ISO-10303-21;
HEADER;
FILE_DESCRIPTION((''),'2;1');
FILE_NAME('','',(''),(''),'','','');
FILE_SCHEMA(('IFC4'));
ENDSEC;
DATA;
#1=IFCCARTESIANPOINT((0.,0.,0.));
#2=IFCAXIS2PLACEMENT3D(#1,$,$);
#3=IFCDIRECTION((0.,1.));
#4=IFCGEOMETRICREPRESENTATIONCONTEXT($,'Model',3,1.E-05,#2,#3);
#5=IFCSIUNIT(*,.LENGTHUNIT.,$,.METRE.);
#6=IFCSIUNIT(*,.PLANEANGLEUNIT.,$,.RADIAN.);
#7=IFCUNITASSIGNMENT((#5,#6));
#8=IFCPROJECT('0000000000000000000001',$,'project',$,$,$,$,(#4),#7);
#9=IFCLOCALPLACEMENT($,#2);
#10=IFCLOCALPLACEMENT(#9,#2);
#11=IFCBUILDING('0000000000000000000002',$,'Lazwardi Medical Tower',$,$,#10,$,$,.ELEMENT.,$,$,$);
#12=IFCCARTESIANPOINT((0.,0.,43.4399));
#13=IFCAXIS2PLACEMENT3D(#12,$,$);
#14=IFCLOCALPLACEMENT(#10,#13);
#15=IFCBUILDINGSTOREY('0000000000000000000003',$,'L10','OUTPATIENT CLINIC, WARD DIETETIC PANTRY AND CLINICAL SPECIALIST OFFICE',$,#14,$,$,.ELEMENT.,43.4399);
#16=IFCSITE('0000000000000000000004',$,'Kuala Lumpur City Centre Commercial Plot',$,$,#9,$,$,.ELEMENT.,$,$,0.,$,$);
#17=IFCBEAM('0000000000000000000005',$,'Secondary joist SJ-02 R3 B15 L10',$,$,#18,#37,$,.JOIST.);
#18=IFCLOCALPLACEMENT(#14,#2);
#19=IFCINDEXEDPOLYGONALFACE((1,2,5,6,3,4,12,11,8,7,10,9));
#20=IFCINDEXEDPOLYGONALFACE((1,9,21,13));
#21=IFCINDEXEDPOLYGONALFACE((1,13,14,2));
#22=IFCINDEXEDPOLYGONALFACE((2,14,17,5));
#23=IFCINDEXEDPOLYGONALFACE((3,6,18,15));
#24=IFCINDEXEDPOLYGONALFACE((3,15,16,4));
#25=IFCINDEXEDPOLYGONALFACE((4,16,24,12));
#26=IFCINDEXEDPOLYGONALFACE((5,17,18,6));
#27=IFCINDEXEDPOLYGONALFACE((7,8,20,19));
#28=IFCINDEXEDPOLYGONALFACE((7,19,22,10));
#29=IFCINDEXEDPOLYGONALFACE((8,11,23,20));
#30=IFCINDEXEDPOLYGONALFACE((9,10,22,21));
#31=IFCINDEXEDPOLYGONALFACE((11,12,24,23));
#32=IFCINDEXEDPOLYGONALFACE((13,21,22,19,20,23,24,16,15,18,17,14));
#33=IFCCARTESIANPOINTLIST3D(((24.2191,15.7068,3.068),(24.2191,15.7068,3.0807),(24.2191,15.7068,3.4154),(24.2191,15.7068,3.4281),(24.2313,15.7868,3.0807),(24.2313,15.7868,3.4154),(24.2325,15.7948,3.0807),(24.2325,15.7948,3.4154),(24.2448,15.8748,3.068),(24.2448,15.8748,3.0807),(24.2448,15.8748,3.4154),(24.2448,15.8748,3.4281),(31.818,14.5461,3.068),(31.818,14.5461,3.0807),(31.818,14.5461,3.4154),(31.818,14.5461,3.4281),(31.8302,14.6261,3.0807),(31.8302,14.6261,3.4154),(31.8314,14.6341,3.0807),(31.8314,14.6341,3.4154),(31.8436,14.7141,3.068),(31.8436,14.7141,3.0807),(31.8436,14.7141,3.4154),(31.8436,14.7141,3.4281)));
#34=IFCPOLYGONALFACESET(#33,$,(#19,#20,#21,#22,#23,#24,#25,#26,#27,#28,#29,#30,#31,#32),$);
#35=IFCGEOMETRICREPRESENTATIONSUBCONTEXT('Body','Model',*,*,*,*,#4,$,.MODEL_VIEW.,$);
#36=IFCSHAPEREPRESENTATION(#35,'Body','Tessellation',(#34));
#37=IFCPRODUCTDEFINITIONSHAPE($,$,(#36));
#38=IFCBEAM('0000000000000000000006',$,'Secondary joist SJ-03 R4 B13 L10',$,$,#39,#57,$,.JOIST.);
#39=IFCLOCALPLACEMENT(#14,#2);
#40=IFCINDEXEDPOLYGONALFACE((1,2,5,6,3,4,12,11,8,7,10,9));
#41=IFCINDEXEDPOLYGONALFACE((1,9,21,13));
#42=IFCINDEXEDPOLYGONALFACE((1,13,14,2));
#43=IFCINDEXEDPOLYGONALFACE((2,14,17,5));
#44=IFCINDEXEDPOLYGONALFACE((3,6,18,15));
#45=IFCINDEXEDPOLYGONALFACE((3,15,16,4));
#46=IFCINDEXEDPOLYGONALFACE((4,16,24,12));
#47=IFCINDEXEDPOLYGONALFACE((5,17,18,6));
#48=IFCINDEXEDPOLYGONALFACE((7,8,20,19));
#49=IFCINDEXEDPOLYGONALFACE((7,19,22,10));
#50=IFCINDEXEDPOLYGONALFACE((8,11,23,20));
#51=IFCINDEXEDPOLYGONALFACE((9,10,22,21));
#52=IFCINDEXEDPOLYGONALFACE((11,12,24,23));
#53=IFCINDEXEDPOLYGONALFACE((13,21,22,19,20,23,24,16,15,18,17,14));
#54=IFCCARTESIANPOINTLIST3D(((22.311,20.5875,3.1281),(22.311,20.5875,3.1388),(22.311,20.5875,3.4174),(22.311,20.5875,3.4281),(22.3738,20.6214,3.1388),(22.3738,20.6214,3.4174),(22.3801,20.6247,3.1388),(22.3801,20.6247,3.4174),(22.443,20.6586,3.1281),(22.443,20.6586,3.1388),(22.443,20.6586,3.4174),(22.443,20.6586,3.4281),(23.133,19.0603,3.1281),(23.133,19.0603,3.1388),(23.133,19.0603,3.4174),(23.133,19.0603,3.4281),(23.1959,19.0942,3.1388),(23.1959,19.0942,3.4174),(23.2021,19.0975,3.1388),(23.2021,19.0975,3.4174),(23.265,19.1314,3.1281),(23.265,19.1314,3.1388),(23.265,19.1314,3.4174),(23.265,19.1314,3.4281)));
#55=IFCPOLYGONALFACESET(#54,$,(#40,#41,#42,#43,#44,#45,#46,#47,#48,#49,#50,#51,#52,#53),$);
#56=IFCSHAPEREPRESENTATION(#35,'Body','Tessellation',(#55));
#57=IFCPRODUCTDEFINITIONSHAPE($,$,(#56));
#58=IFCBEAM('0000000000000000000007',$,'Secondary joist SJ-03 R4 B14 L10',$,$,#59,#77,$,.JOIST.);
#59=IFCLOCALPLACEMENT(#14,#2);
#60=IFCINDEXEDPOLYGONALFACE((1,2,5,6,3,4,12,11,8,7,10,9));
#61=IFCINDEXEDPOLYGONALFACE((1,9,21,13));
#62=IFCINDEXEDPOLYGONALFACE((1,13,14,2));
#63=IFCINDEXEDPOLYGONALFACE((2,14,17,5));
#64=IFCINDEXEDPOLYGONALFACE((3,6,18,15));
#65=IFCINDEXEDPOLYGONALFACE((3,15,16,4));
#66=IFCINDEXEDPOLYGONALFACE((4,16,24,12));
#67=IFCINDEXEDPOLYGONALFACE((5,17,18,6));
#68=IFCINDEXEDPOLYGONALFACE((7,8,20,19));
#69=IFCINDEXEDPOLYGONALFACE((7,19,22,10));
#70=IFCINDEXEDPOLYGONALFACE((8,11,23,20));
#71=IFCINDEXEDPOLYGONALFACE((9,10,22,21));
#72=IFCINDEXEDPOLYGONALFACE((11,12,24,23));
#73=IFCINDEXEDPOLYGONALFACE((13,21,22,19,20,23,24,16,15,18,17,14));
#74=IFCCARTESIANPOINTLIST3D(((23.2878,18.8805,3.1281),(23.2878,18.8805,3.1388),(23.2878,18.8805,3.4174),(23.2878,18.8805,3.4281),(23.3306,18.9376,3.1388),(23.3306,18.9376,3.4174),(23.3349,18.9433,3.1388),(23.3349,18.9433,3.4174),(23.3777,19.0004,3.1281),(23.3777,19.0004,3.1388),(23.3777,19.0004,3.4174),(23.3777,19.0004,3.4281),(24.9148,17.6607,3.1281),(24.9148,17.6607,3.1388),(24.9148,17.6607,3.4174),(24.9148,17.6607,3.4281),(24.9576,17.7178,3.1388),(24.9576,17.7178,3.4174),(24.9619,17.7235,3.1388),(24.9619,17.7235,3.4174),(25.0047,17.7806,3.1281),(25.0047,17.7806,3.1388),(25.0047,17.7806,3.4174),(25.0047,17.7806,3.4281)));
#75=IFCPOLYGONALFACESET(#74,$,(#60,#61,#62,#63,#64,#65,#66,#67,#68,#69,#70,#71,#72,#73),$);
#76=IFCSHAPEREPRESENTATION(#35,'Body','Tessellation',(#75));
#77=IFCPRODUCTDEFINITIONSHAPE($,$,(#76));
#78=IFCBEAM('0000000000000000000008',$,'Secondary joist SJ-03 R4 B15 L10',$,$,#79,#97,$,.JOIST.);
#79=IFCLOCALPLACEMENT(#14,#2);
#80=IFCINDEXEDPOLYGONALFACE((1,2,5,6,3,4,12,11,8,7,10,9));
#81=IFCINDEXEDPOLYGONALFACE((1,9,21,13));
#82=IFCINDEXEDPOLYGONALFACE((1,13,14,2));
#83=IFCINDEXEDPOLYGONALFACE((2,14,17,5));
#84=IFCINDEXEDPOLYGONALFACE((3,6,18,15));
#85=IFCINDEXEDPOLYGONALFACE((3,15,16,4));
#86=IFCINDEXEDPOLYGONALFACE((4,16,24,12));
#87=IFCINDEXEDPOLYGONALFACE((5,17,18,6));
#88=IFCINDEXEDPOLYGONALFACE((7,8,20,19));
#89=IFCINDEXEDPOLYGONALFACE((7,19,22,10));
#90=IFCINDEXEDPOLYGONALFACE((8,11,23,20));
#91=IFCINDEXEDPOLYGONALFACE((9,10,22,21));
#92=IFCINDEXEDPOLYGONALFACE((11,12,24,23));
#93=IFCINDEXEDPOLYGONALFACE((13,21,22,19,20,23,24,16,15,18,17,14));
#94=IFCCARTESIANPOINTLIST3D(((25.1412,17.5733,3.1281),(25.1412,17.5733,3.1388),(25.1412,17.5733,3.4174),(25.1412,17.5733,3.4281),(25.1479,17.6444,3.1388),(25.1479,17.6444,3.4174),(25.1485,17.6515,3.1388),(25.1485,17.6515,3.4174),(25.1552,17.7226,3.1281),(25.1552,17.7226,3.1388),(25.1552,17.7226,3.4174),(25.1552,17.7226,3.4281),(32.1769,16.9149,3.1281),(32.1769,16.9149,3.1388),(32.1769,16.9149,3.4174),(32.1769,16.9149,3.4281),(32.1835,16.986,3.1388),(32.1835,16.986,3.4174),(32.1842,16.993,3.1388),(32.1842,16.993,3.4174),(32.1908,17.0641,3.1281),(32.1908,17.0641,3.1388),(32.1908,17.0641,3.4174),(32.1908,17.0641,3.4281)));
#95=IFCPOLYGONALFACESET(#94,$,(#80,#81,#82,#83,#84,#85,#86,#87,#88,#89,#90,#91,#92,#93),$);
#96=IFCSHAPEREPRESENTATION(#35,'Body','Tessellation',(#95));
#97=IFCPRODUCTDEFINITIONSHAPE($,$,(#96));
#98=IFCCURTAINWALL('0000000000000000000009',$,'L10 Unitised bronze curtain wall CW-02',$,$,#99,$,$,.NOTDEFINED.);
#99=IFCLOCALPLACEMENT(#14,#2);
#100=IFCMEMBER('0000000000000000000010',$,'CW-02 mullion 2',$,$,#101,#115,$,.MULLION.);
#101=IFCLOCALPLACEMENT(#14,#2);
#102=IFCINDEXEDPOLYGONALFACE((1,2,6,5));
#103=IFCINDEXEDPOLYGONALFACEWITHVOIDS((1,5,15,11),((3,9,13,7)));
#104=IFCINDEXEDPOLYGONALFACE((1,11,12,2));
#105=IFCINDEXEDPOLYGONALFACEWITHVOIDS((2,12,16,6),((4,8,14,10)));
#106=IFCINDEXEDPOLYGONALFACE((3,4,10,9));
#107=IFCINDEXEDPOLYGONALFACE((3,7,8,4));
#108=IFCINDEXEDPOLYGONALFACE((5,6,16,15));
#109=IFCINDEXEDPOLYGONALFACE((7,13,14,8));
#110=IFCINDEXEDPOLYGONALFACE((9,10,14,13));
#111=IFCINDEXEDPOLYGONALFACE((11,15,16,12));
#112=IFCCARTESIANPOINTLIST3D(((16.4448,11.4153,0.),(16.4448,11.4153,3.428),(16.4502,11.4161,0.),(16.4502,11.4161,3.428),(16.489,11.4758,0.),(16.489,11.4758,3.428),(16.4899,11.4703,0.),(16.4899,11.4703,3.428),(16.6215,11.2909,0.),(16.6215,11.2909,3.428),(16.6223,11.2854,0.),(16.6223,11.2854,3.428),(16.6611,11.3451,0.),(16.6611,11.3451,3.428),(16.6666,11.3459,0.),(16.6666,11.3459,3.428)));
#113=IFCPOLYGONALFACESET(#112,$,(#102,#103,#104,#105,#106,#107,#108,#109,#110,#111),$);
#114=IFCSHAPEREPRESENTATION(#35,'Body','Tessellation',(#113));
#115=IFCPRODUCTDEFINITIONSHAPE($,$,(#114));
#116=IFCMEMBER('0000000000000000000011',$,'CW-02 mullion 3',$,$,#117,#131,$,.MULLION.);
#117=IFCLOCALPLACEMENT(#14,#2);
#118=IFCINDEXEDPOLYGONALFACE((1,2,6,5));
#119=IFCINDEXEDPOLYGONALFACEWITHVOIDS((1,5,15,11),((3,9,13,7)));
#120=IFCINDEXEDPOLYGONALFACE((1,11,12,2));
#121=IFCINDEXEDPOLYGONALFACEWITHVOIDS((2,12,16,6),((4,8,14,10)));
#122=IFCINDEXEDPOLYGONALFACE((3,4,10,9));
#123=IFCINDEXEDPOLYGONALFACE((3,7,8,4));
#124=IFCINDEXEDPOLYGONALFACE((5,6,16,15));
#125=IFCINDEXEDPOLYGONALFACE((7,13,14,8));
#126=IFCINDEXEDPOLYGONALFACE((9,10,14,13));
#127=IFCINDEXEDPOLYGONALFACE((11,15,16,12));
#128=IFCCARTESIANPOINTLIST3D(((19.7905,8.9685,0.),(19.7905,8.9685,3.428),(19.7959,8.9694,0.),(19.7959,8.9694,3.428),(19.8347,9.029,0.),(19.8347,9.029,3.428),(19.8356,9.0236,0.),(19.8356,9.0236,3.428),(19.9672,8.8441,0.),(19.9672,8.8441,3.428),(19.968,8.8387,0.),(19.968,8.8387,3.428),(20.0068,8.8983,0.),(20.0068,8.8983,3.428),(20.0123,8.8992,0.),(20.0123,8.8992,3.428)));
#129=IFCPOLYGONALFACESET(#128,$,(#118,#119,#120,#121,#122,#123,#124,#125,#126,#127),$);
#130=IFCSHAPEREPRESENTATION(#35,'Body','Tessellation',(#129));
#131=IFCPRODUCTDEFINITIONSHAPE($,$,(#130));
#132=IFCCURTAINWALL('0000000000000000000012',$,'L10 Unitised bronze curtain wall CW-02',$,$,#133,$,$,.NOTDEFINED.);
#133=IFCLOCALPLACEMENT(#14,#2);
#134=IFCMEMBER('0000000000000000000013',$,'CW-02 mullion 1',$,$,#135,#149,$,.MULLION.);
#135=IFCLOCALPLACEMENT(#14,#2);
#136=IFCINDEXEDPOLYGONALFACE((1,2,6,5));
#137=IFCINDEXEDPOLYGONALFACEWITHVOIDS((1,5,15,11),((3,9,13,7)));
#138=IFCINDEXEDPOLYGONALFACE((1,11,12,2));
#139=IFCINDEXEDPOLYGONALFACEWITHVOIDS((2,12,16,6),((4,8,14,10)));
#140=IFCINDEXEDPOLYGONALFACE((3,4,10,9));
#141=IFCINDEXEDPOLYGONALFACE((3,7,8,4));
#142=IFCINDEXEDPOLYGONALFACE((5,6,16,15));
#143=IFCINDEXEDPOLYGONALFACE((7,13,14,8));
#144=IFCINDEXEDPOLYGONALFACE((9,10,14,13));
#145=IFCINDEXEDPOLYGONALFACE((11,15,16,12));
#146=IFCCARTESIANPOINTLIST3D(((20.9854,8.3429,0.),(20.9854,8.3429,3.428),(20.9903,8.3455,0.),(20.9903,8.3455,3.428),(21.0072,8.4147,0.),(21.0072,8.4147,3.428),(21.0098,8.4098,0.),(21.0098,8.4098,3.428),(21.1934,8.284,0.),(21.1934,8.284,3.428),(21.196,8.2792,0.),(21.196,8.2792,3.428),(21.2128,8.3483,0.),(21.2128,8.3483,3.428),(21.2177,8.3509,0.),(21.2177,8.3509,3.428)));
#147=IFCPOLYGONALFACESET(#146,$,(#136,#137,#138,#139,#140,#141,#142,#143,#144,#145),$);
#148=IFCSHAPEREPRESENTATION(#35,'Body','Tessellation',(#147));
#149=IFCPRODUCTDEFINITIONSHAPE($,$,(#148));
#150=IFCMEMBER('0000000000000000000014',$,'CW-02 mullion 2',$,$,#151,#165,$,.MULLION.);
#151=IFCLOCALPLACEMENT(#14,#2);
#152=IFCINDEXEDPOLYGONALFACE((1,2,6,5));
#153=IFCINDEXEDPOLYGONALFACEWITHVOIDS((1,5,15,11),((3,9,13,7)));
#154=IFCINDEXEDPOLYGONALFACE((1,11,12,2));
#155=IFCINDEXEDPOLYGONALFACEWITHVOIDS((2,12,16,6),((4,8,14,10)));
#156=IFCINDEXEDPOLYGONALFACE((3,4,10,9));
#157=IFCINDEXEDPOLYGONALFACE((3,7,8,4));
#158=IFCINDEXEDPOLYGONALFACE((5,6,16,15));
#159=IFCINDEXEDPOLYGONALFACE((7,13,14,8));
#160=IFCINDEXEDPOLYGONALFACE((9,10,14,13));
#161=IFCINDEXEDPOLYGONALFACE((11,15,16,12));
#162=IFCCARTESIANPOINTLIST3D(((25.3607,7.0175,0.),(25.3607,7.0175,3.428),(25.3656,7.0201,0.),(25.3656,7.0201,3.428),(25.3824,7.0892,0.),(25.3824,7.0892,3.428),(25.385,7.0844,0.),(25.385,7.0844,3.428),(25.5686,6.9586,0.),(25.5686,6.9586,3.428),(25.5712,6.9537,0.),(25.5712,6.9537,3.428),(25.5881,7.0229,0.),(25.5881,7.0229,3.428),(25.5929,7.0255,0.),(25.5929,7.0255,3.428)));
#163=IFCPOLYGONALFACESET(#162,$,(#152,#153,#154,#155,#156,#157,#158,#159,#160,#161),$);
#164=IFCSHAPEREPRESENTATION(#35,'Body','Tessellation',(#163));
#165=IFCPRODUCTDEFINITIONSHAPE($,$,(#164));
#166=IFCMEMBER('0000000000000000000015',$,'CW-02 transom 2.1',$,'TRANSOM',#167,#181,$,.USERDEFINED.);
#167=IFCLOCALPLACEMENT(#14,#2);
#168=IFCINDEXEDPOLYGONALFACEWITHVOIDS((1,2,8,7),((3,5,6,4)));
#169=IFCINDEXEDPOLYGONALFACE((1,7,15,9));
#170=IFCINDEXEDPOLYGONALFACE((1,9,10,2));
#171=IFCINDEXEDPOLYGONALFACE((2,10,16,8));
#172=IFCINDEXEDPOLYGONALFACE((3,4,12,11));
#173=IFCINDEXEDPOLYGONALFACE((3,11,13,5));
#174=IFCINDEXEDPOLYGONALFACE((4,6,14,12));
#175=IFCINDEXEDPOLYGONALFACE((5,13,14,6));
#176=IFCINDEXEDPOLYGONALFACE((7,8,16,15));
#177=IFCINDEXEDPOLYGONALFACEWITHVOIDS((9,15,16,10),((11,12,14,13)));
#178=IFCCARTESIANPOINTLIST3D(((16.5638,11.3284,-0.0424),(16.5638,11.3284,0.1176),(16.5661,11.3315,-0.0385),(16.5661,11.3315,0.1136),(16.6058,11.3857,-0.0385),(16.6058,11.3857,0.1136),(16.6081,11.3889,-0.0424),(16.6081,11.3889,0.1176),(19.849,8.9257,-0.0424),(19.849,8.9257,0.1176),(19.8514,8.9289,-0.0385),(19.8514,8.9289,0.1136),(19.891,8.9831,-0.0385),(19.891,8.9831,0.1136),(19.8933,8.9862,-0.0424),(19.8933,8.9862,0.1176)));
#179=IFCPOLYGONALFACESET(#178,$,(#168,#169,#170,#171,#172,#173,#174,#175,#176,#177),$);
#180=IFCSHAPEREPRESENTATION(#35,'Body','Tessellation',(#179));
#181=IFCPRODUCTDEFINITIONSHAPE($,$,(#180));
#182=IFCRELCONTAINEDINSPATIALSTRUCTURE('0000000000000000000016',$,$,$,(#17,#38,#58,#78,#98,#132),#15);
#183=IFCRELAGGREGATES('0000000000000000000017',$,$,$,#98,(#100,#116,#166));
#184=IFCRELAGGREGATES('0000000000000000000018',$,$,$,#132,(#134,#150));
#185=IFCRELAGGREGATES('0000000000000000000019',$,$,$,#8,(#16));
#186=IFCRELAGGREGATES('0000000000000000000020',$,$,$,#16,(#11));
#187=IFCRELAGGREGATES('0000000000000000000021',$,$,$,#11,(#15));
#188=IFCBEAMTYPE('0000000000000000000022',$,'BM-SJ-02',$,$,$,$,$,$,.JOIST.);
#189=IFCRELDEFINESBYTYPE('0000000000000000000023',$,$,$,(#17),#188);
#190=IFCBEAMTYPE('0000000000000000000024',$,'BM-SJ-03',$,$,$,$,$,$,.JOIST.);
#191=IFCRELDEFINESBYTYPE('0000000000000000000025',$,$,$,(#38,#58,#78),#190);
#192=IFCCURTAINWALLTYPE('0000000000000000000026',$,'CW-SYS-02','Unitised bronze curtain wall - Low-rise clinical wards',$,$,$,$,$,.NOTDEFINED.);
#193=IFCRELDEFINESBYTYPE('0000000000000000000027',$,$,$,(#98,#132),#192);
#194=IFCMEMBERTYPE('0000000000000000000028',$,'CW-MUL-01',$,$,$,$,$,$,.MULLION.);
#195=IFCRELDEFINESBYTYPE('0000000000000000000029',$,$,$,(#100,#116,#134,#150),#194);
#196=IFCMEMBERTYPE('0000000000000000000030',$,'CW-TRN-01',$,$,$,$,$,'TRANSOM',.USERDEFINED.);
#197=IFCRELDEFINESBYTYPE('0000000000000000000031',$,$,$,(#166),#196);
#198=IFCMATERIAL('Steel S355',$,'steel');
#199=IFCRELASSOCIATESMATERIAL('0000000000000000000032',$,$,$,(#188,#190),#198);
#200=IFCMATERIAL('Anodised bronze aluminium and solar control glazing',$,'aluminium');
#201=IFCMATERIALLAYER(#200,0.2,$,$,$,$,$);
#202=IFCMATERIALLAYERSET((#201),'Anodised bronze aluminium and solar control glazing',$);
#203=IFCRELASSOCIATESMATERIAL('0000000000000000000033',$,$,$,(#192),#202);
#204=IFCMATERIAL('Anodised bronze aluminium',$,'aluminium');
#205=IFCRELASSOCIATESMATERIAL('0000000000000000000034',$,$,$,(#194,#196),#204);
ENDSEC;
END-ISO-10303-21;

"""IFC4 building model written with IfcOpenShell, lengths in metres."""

from ifc_helpers import new_model, si_unit, direction, frame, origin, origin_2d, place, context, subcontext, project, spatial, hollow_rectangle, i_section, extrude, material, layer, layer_set, material_profile, profile_set, type_object, element, aggregate, save


model = new_model("IFC4")

# Units and contexts
model_context = context("Model", 3, precision=1e-05, world=origin(), true_north=direction((0.0, 1.0)))
body_context = subcontext(model_context, "Body", "Model", "MODEL_VIEW")
ifc_project = project(units=[si_unit("LENGTHUNIT", "METRE"), si_unit("PLANEANGLEUNIT", "RADIAN")], contexts=[model_context])

# Site, building, storey
site_placement = place(None, origin())
site = spatial("IfcSite", under=ifc_project, at=site_placement, Name="Kuala Lumpur City Centre Commercial Plot", CompositionType="ELEMENT", RefElevation=0.0)
building_placement = place(site_placement, origin())
building = spatial("IfcBuilding", under=site, at=building_placement, Name="Lazwardi Medical Tower", CompositionType="ELEMENT")
storey_placement = place(building_placement, frame((0.0, 0.0, 43.4399)))
storey = spatial("IfcBuildingStorey", under=building, at=storey_placement, Name="L10", Description="OUTPATIENT CLINIC, WARD DIETETIC PANTRY AND CLINICAL SPECIALIST OFFICE", CompositionType="ELEMENT", Elevation=43.4399)

# Beams
ifc_material_1 = material(Name="Steel S355", Category="steel")
ifc_material_profile_1 = material_profile(ifc_material_1, i_section(OverallWidth=0.1699, OverallDepth=0.3601, WebThickness=0.0081, FlangeThickness=0.0127, at=origin_2d()), Name="IPE 360")
ifc_profile_set_1 = profile_set([ifc_material_profile_1], Name="Steel S355")
beam_type_1 = type_object("IfcBeamType", Name="BM-SJ-02", PredefinedType="JOIST", material=ifc_profile_set_1)
beam_1_placement = place(storey_placement, frame((24.2319, 15.7908, 3.248), z_axis=(0.988536, -0.150988, 0.0), x_axis=(0.150988, 0.988536, 0.0)))
element("IfcBeam", 1, at=beam_1_placement, inside=storey, type_object=beam_type_1, Name="Secondary joist SJ-02 R3 B15 L10", PredefinedType="JOIST", context=body_context, shape_type="SweptSolid", body=[
    extrude(i_section(OverallWidth=0.1699, OverallDepth=0.3601, WebThickness=0.0081, FlangeThickness=0.0127, at=origin_2d()), origin(), (0.0, 0.0, 1.0), 7.687),
])
ifc_material_profile_2 = material_profile(ifc_material_1, i_section(OverallWidth=0.1499, OverallDepth=0.3, WebThickness=0.0071, FlangeThickness=0.0107, at=origin_2d()), Name="IPE 300")
ifc_profile_set_2 = profile_set([ifc_material_profile_2], Name="Steel S355")
beam_type_2 = type_object("IfcBeamType", Name="BM-SJ-03", PredefinedType="JOIST", material=ifc_profile_set_2)
beam_2_placement = place(storey_placement, frame((22.377, 20.623, 3.2781), z_axis=(0.473982, -0.880534, 0.0), x_axis=(0.880534, 0.473982, 0.0)))
element("IfcBeam", 2, at=beam_2_placement, inside=storey, type_object=beam_type_2, Name="Secondary joist SJ-03 R4 B13 L10", PredefinedType="JOIST", context=body_context, shape_type="SweptSolid", body=[
    extrude(i_section(OverallWidth=0.1499, OverallDepth=0.3, WebThickness=0.0071, FlangeThickness=0.0107, at=origin_2d()), origin(), (0.0, 0.0, 1.0), 1.7344),
])
beam_3_placement = place(storey_placement, frame((23.3328, 18.9404, 3.2781), z_axis=(0.800115, -0.599846, 0.0), x_axis=(0.599846, 0.800115, 0.0)))
element("IfcBeam", 3, at=beam_3_placement, inside=storey, type_object=beam_type_2, Name="Secondary joist SJ-03 R4 B14 L10", PredefinedType="JOIST", context=body_context, shape_type="SweptSolid", body=[
    extrude(i_section(OverallWidth=0.1499, OverallDepth=0.3, WebThickness=0.0071, FlangeThickness=0.0107, at=origin_2d()), origin(), (0.0, 0.0, 1.0), 2.0334),
])
beam_4_placement = place(storey_placement, frame((25.1482, 17.6479, 3.2781), z_axis=(0.995649, -0.09318, 0.0), x_axis=(0.09318, 0.995649, 0.0)))
element("IfcBeam", 4, at=beam_4_placement, inside=storey, type_object=beam_type_2, Name="Secondary joist SJ-03 R4 B15 L10", PredefinedType="JOIST", context=body_context, shape_type="SweptSolid", body=[
    extrude(i_section(OverallWidth=0.1499, OverallDepth=0.3, WebThickness=0.0071, FlangeThickness=0.0107, at=origin_2d()), origin(), (0.0, 0.0, 1.0), 7.0664),
])

# Curtain walls, members
ifc_material_2 = material(Name="Anodised bronze aluminium and solar control glazing", Category="aluminium")
ifc_layer_1 = layer(ifc_material_2, 0.2)
ifc_layer_set_1 = layer_set([ifc_layer_1], Name="Anodised bronze aluminium and solar control glazing")
curtain_wall_type = type_object("IfcCurtainWallType", Name="CW-SYS-02", Description="Unitised bronze curtain wall - Low-rise clinical wards", PredefinedType="NOTDEFINED", material=ifc_layer_set_1)
curtain_wall_1_placement = place(storey_placement, origin())
curtain_wall_1 = element("IfcCurtainWall", 5, at=curtain_wall_1_placement, inside=storey, type_object=curtain_wall_type, Name="L10 Unitised bronze curtain wall CW-02", PredefinedType="NOTDEFINED")
ifc_material_3 = material(Name="Anodised bronze aluminium", Category="aluminium")
ifc_material_profile_3 = material_profile(ifc_material_3, hollow_rectangle(XDim=0.075, YDim=0.22, WallThickness=0.0039, at=origin_2d()), Name="ALU-MULLION 220x75x4")
ifc_profile_set_3 = profile_set([ifc_material_profile_3], Name="Anodised bronze aluminium")
member_type_1 = type_object("IfcMemberType", Name="CW-MUL-01", PredefinedType="MULLION", material=ifc_profile_set_3)
member_1_placement = place(storey_placement, frame((16.5557, 11.3806, 0.0), z_axis=(0.0, 0.0, 1.0), x_axis=(0.590289, 0.807192, 0.0)))
member_1 = element("IfcMember", 6, at=member_1_placement, type_object=member_type_1, Name="CW-02 mullion 2", PredefinedType="MULLION", context=body_context, shape_type="SweptSolid", body=[
    extrude(hollow_rectangle(XDim=0.075, YDim=0.22, WallThickness=0.0039, at=origin_2d()), origin(), (0.0, 0.0, 1.0), 3.428),
])
member_2_placement = place(storey_placement, frame((19.9014, 8.9338, 0.0), z_axis=(0.0, 0.0, 1.0), x_axis=(0.590289, 0.807192, 0.0)))
member_2 = element("IfcMember", 7, at=member_2_placement, type_object=member_type_1, Name="CW-02 mullion 3", PredefinedType="MULLION", context=body_context, shape_type="SweptSolid", body=[
    extrude(hollow_rectangle(XDim=0.075, YDim=0.22, WallThickness=0.0039, at=origin_2d()), origin(), (0.0, 0.0, 1.0), 3.428),
])
curtain_wall_2_placement = place(storey_placement, origin())
curtain_wall_2 = element("IfcCurtainWall", 8, at=curtain_wall_2_placement, inside=storey, type_object=curtain_wall_type, Name="L10 Unitised bronze curtain wall CW-02", PredefinedType="NOTDEFINED")
member_3_placement = place(storey_placement, frame((21.1016, 8.3469, 0.0), z_axis=(0.0, 0.0, 1.0), x_axis=(0.289896, 0.957058, 0.0)))
member_3 = element("IfcMember", 9, at=member_3_placement, type_object=member_type_1, Name="CW-02 mullion 1", PredefinedType="MULLION", context=body_context, shape_type="SweptSolid", body=[
    extrude(hollow_rectangle(XDim=0.075, YDim=0.22, WallThickness=0.0039, at=origin_2d()), origin(), (0.0, 0.0, 1.0), 3.428),
])
member_4_placement = place(storey_placement, frame((25.4768, 7.0215, 0.0), z_axis=(0.0, 0.0, 1.0), x_axis=(0.289896, 0.957058, 0.0)))
member_4 = element("IfcMember", 10, at=member_4_placement, type_object=member_type_1, Name="CW-02 mullion 2", PredefinedType="MULLION", context=body_context, shape_type="SweptSolid", body=[
    extrude(hollow_rectangle(XDim=0.075, YDim=0.22, WallThickness=0.0039, at=origin_2d()), origin(), (0.0, 0.0, 1.0), 3.428),
])

# Member
ifc_material_profile_4 = material_profile(ifc_material_3, hollow_rectangle(XDim=0.075, YDim=0.1599, WallThickness=0.0039, at=origin_2d()), Name="ALU-TRANSOM 160x75x4")
ifc_profile_set_4 = profile_set([ifc_material_profile_4], Name="Anodised bronze aluminium")
member_type_2 = type_object("IfcMemberType", Name="CW-TRN-01", ElementType="TRANSOM", PredefinedType="USERDEFINED", material=ifc_profile_set_4)
member_5_placement = place(storey_placement, frame((16.5859, 11.3586, 0.0376), z_axis=(0.807169, -0.59032, 0.0), x_axis=(0.59032, 0.807169, 0.0)))
member_5 = element("IfcMember", 11, at=member_5_placement, type_object=member_type_2, Name="CW-02 transom 2.1", ObjectType="TRANSOM", PredefinedType="USERDEFINED", context=body_context, shape_type="SweptSolid", body=[
    extrude(hollow_rectangle(XDim=0.075, YDim=0.1599, WallThickness=0.0039, at=origin_2d()), origin(), (0.0, 0.0, 1.0), 4.0701),
])

aggregate(curtain_wall_1, [member_1, member_2, member_5])
aggregate(curtain_wall_2, [member_3, member_4])

save(model, "model.ifc")
